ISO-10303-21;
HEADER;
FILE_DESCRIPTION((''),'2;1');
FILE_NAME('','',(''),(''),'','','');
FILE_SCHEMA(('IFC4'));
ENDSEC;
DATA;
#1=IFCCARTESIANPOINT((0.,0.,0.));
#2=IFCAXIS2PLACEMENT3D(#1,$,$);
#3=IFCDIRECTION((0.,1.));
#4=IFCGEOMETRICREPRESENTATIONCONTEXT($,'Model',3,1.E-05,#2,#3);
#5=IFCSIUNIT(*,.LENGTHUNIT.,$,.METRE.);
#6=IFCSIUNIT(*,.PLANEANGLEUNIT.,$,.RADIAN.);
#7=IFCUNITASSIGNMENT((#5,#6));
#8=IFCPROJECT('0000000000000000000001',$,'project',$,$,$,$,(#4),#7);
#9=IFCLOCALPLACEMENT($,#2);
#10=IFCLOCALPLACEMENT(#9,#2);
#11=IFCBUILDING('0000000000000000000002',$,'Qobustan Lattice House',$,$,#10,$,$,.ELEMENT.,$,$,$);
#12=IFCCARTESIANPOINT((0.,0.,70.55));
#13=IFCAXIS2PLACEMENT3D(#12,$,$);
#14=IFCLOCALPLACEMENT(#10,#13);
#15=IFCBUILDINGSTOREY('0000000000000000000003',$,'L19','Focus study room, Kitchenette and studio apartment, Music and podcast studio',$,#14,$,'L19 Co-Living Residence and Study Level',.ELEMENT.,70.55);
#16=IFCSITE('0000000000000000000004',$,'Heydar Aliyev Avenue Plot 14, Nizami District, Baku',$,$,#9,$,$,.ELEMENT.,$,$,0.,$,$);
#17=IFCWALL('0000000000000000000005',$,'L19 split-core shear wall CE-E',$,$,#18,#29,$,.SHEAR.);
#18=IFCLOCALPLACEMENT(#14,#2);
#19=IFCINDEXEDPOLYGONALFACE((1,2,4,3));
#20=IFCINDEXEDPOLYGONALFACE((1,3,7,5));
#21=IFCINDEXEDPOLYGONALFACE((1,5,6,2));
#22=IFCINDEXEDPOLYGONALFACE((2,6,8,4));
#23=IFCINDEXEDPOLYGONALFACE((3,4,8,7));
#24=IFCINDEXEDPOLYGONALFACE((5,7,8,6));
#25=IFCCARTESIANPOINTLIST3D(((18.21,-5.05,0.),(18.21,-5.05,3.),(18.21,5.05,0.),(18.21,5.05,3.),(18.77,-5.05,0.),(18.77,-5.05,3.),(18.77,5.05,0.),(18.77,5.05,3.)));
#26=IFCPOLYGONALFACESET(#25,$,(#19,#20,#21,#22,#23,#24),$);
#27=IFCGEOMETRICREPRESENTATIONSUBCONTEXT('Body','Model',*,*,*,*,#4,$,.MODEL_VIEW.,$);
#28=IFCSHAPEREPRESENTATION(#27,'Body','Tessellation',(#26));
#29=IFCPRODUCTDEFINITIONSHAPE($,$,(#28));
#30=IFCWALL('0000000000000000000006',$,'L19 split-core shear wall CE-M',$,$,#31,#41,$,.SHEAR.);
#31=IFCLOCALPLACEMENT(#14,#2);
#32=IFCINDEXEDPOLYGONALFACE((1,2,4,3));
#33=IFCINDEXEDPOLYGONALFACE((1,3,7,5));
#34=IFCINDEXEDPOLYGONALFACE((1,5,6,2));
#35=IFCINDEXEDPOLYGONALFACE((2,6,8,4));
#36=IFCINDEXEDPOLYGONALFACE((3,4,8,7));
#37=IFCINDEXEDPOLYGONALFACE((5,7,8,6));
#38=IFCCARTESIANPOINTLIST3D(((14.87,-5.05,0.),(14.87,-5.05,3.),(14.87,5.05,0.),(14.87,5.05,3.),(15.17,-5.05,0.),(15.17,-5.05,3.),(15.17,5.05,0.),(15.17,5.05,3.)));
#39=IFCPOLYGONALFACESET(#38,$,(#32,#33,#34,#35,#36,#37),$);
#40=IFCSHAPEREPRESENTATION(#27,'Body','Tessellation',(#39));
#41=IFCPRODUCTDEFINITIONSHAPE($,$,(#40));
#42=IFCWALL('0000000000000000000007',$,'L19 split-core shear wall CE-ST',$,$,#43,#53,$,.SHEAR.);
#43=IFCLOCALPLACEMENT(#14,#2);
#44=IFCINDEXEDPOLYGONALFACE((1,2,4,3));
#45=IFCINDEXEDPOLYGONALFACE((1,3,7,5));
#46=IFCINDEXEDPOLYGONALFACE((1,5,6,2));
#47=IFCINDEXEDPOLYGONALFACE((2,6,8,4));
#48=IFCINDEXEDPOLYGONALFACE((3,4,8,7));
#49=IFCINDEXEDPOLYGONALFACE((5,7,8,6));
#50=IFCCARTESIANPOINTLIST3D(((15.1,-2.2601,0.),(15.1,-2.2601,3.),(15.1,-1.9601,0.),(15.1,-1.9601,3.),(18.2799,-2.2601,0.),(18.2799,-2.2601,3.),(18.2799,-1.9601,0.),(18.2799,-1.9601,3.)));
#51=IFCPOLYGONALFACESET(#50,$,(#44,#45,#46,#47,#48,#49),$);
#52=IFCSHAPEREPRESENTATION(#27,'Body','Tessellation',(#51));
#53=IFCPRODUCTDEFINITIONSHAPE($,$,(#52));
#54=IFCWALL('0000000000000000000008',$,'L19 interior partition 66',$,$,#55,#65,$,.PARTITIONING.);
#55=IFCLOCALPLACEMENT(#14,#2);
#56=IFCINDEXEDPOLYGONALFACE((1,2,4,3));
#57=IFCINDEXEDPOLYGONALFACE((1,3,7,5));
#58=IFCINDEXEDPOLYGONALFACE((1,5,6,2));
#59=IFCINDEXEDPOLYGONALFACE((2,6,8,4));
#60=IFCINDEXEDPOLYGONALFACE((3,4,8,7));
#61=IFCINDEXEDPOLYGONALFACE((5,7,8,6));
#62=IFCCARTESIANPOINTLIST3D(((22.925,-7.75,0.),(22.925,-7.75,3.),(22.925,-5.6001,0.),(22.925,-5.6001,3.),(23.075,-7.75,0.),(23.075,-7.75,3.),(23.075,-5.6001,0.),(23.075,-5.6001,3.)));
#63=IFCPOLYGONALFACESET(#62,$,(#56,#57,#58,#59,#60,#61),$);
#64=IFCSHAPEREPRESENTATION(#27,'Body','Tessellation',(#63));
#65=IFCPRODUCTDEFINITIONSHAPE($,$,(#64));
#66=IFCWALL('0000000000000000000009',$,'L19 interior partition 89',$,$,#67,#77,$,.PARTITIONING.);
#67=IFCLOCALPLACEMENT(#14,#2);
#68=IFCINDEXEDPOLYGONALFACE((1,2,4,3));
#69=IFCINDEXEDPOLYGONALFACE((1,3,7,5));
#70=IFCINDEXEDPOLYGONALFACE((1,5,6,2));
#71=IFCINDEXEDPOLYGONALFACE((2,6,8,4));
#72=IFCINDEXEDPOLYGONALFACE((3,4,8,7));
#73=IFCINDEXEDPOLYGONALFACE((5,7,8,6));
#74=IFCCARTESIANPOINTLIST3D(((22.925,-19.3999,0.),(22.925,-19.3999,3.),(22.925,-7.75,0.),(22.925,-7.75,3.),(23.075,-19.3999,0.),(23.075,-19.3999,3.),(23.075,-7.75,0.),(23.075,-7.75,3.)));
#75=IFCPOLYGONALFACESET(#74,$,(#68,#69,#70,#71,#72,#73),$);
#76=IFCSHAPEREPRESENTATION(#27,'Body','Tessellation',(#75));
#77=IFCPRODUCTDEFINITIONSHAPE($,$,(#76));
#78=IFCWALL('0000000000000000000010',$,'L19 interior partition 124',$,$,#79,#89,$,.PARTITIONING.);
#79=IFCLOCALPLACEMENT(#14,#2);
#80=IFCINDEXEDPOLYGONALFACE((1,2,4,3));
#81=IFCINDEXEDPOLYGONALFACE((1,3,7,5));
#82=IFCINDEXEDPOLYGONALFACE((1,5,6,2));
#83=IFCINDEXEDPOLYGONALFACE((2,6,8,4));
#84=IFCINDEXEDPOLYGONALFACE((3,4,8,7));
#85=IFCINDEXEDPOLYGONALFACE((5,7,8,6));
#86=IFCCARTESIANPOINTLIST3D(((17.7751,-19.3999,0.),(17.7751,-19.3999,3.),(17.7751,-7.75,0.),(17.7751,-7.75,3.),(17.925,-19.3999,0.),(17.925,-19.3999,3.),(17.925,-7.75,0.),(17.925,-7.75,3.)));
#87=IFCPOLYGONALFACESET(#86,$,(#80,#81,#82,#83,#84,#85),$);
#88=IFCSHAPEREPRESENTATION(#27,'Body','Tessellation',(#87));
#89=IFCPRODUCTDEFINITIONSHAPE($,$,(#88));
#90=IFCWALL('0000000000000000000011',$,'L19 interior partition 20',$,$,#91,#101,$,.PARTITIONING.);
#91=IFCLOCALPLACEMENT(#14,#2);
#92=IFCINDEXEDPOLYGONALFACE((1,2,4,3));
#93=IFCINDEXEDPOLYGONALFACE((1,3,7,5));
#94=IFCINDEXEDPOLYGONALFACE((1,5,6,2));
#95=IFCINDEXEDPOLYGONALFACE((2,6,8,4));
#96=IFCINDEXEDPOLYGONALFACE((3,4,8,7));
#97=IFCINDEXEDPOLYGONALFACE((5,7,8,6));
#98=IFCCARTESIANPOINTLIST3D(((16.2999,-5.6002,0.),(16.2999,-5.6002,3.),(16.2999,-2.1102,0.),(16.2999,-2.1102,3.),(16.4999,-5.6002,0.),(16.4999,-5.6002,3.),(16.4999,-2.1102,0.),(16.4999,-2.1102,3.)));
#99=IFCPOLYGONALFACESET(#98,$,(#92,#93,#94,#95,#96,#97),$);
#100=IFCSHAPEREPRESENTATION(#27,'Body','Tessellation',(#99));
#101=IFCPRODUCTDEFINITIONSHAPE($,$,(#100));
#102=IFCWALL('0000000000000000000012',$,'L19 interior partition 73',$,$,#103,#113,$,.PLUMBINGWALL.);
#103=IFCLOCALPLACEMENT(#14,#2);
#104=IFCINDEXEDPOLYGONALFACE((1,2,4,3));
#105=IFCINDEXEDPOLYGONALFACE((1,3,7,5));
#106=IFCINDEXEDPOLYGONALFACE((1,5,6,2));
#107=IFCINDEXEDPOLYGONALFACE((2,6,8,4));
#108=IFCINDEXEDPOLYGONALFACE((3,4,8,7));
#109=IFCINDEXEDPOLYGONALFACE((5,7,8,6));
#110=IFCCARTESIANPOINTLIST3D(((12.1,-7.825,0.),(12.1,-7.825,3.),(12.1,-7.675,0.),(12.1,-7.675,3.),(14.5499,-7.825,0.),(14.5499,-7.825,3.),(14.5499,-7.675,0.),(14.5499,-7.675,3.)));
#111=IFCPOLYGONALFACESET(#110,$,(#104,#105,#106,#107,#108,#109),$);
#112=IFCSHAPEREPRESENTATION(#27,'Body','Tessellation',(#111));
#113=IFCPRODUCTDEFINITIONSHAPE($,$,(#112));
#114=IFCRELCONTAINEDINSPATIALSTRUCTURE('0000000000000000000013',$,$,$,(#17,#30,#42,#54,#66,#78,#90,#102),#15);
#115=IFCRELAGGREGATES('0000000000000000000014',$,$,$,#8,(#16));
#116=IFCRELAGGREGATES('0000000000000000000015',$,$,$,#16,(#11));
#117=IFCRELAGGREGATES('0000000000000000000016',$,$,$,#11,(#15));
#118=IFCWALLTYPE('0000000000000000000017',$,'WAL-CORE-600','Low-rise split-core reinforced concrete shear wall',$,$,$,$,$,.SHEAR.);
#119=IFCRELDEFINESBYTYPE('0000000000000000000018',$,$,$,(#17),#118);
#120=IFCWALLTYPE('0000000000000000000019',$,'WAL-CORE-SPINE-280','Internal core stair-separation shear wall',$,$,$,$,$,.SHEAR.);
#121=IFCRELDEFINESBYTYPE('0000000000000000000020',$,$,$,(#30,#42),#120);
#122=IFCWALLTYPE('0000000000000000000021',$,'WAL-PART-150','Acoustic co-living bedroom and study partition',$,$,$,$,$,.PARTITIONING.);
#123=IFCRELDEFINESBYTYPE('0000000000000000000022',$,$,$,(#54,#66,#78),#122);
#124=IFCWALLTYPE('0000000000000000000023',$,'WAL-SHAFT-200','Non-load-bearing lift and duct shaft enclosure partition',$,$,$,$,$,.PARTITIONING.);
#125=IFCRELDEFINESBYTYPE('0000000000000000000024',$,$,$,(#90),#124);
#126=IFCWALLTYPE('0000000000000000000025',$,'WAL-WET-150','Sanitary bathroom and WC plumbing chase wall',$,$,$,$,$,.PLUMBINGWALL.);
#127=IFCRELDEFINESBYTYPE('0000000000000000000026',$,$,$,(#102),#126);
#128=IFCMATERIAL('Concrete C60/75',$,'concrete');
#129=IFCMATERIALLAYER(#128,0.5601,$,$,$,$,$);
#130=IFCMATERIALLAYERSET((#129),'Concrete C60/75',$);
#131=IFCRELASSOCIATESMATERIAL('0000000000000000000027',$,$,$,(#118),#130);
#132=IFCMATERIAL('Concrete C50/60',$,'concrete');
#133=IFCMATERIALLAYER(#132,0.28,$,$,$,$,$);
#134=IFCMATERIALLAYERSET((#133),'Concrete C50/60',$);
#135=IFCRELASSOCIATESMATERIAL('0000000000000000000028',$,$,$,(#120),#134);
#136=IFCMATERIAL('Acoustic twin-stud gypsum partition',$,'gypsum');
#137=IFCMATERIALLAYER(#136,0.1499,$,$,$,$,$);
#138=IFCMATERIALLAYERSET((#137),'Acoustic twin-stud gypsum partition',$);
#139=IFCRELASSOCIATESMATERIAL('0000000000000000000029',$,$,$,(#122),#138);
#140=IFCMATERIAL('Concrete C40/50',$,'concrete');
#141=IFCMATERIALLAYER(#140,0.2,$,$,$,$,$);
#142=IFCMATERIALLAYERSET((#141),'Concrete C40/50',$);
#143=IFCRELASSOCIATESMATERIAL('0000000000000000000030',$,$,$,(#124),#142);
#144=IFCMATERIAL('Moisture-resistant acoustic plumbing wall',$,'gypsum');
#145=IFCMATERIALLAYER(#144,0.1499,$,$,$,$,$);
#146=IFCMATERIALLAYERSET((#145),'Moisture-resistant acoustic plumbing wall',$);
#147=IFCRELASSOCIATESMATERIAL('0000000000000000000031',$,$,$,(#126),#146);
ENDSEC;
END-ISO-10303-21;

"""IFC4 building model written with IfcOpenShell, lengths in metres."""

from ifc_helpers import new_model, si_unit, direction, frame, frame_2d, origin, place, context, subcontext, project, spatial, rectangle, extrude, material, layer, layer_set, type_object, element, save


model = new_model("IFC4")

# Units and contexts
model_context = context("Model", 3, precision=1e-05, world=origin(), true_north=direction((0.0, 1.0)))
body_context = subcontext(model_context, "Body", "Model", "MODEL_VIEW")
ifc_project = project(units=[si_unit("LENGTHUNIT", "METRE"), si_unit("PLANEANGLEUNIT", "RADIAN")], contexts=[model_context])

# Site, building, storey
site_placement = place(None, origin())
site = spatial("IfcSite", under=ifc_project, at=site_placement, Name="Heydar Aliyev Avenue Plot 14, Nizami District, Baku", CompositionType="ELEMENT", RefElevation=0.0)
building_placement = place(site_placement, origin())
building = spatial("IfcBuilding", under=site, at=building_placement, Name="Qobustan Lattice House", CompositionType="ELEMENT")
storey_placement = place(building_placement, frame((0.0, 0.0, 70.55)))
storey = spatial("IfcBuildingStorey", under=building, at=storey_placement, Name="L19", Description="Focus study room, Kitchenette and studio apartment, Music and podcast studio", LongName="L19 Co-Living Residence and Study Level", CompositionType="ELEMENT", Elevation=70.55)

# Walls
ifc_material_1 = material(Name="Concrete C60/75", Category="concrete")
ifc_layer_1 = layer(ifc_material_1, 0.5601)
ifc_layer_set_1 = layer_set([ifc_layer_1], Name="Concrete C60/75")
wall_type_1 = type_object("IfcWallType", Name="WAL-CORE-600", Description="Low-rise split-core reinforced concrete shear wall", PredefinedType="SHEAR", material=ifc_layer_set_1)
wall_1_placement = place(storey_placement, frame((18.49, -5.05, 0.0), z_axis=(0.0, 0.0, 1.0), x_axis=(0.0, 1.0, 0.0)))
element("IfcWall", 1, at=wall_1_placement, inside=storey, type_object=wall_type_1, Name="L19 split-core shear wall CE-E", PredefinedType="SHEAR", context=body_context, shape_type="SweptSolid", body=[
    extrude(rectangle(XDim=10.1001, YDim=0.5601, at=frame_2d((5.05, 0.0))), origin(), (0.0, 0.0, 1.0), 3.0),
])
ifc_material_2 = material(Name="Concrete C50/60", Category="concrete")
ifc_layer_2 = layer(ifc_material_2, 0.28)
ifc_layer_set_2 = layer_set([ifc_layer_2], Name="Concrete C50/60")
wall_type_2 = type_object("IfcWallType", Name="WAL-CORE-SPINE-280", Description="Internal core stair-separation shear wall", PredefinedType="SHEAR", material=ifc_layer_set_2)
wall_2_placement = place(storey_placement, frame((15.02, -5.05, 0.0), z_axis=(0.0, 0.0, 1.0), x_axis=(0.0, 1.0, 0.0)))
element("IfcWall", 2, at=wall_2_placement, inside=storey, type_object=wall_type_2, Name="L19 split-core shear wall CE-M", PredefinedType="SHEAR", context=body_context, shape_type="SweptSolid", body=[
    extrude(rectangle(XDim=10.1001, YDim=0.3, at=frame_2d((5.05, 0.0))), origin(), (0.0, 0.0, 1.0), 3.0),
])
wall_3_placement = place(storey_placement, frame((15.1001, -2.1101, 0.0), z_axis=(0.0, 0.0, 1.0), x_axis=(1.0, 0.0, 0.0)))
element("IfcWall", 3, at=wall_3_placement, inside=storey, type_object=wall_type_2, Name="L19 split-core shear wall CE-ST", PredefinedType="SHEAR", context=body_context, shape_type="SweptSolid", body=[
    extrude(rectangle(XDim=3.1799, YDim=0.3, at=frame_2d((1.5898, 0.0))), origin(), (0.0, 0.0, 1.0), 3.0),
])

# Shared definitions
ifc_material_3 = material(Name="Acoustic twin-stud gypsum partition", Category="gypsum")
ifc_layer_3 = layer(ifc_material_3, 0.1499)
ifc_layer_set_3 = layer_set([ifc_layer_3], Name="Acoustic twin-stud gypsum partition")
wall_type_3 = type_object("IfcWallType", Name="WAL-PART-150", Description="Acoustic co-living bedroom and study partition", PredefinedType="PARTITIONING", material=ifc_layer_set_3)

# Wall
wall_4_placement = place(storey_placement, frame((23.0, -5.6001, 0.0), z_axis=(0.0, 0.0, 1.0), x_axis=(0.0, -1.0, 0.0)))
element("IfcWall", 4, at=wall_4_placement, inside=storey, type_object=wall_type_3, Name="L19 interior partition 66", PredefinedType="PARTITIONING", context=body_context, shape_type="SweptSolid", body=[
    extrude(rectangle(XDim=2.1499, YDim=0.1499, at=frame_2d((1.075, 0.0))), origin(), (0.0, 0.0, 1.0), 3.0),
])

# Walls
for number, where, z_axis, x_axis, name in (
    (5, (23.0, -19.3999, 0.0), (0.0, 0.0, 1.0), (0.0, 1.0, 0.0), "L19 interior partition 89"),
    (6, (17.8501, -7.75, 0.0), (0.0, 0.0, 1.0), (0.0, -1.0, 0.0), "L19 interior partition 124"),
):
    element("IfcWall", number, at=place(storey_placement, frame(where, z_axis=z_axis, x_axis=x_axis)), inside=storey, type_object=wall_type_3, Name=name, PredefinedType="PARTITIONING", context=body_context, shape_type="SweptSolid", body=[
        extrude(rectangle(XDim=11.6499, YDim=0.1499, at=frame_2d((5.825, 0.0))), origin(), (0.0, 0.0, 1.0), 3.0),
    ])
ifc_material_4 = material(Name="Concrete C40/50", Category="concrete")
ifc_layer_4 = layer(ifc_material_4, 0.2)
ifc_layer_set_4 = layer_set([ifc_layer_4], Name="Concrete C40/50")
wall_type_4 = type_object("IfcWallType", Name="WAL-SHAFT-200", Description="Non-load-bearing lift and duct shaft enclosure partition", PredefinedType="PARTITIONING", material=ifc_layer_set_4)
wall_5_placement = place(storey_placement, frame((16.3999, -2.1101, 0.0), z_axis=(0.0, 0.0, 1.0), x_axis=(0.0, -1.0, 0.0)))
element("IfcWall", 7, at=wall_5_placement, inside=storey, type_object=wall_type_4, Name="L19 interior partition 20", PredefinedType="PARTITIONING", context=body_context, shape_type="SweptSolid", body=[
    extrude(rectangle(XDim=3.49, YDim=0.2, at=frame_2d((1.7451, 0.0))), origin(), (0.0, 0.0, 1.0), 3.0),
])
ifc_material_5 = material(Name="Moisture-resistant acoustic plumbing wall", Category="gypsum")
ifc_layer_5 = layer(ifc_material_5, 0.1499)
ifc_layer_set_5 = layer_set([ifc_layer_5], Name="Moisture-resistant acoustic plumbing wall")
wall_type_5 = type_object("IfcWallType", Name="WAL-WET-150", Description="Sanitary bathroom and WC plumbing chase wall", PredefinedType="PLUMBINGWALL", material=ifc_layer_set_5)
wall_6_placement = place(storey_placement, frame((14.55, -7.75, 0.0), z_axis=(0.0, 0.0, 1.0), x_axis=(-1.0, 0.0, 0.0)))
element("IfcWall", 8, at=wall_6_placement, inside=storey, type_object=wall_type_5, Name="L19 interior partition 73", PredefinedType="PLUMBINGWALL", context=body_context, shape_type="SweptSolid", body=[
    extrude(rectangle(XDim=2.45, YDim=0.1499, at=frame_2d((1.2251, 0.0))), origin(), (0.0, 0.0, 1.0), 3.0),
])

save(model, "model.ifc")
